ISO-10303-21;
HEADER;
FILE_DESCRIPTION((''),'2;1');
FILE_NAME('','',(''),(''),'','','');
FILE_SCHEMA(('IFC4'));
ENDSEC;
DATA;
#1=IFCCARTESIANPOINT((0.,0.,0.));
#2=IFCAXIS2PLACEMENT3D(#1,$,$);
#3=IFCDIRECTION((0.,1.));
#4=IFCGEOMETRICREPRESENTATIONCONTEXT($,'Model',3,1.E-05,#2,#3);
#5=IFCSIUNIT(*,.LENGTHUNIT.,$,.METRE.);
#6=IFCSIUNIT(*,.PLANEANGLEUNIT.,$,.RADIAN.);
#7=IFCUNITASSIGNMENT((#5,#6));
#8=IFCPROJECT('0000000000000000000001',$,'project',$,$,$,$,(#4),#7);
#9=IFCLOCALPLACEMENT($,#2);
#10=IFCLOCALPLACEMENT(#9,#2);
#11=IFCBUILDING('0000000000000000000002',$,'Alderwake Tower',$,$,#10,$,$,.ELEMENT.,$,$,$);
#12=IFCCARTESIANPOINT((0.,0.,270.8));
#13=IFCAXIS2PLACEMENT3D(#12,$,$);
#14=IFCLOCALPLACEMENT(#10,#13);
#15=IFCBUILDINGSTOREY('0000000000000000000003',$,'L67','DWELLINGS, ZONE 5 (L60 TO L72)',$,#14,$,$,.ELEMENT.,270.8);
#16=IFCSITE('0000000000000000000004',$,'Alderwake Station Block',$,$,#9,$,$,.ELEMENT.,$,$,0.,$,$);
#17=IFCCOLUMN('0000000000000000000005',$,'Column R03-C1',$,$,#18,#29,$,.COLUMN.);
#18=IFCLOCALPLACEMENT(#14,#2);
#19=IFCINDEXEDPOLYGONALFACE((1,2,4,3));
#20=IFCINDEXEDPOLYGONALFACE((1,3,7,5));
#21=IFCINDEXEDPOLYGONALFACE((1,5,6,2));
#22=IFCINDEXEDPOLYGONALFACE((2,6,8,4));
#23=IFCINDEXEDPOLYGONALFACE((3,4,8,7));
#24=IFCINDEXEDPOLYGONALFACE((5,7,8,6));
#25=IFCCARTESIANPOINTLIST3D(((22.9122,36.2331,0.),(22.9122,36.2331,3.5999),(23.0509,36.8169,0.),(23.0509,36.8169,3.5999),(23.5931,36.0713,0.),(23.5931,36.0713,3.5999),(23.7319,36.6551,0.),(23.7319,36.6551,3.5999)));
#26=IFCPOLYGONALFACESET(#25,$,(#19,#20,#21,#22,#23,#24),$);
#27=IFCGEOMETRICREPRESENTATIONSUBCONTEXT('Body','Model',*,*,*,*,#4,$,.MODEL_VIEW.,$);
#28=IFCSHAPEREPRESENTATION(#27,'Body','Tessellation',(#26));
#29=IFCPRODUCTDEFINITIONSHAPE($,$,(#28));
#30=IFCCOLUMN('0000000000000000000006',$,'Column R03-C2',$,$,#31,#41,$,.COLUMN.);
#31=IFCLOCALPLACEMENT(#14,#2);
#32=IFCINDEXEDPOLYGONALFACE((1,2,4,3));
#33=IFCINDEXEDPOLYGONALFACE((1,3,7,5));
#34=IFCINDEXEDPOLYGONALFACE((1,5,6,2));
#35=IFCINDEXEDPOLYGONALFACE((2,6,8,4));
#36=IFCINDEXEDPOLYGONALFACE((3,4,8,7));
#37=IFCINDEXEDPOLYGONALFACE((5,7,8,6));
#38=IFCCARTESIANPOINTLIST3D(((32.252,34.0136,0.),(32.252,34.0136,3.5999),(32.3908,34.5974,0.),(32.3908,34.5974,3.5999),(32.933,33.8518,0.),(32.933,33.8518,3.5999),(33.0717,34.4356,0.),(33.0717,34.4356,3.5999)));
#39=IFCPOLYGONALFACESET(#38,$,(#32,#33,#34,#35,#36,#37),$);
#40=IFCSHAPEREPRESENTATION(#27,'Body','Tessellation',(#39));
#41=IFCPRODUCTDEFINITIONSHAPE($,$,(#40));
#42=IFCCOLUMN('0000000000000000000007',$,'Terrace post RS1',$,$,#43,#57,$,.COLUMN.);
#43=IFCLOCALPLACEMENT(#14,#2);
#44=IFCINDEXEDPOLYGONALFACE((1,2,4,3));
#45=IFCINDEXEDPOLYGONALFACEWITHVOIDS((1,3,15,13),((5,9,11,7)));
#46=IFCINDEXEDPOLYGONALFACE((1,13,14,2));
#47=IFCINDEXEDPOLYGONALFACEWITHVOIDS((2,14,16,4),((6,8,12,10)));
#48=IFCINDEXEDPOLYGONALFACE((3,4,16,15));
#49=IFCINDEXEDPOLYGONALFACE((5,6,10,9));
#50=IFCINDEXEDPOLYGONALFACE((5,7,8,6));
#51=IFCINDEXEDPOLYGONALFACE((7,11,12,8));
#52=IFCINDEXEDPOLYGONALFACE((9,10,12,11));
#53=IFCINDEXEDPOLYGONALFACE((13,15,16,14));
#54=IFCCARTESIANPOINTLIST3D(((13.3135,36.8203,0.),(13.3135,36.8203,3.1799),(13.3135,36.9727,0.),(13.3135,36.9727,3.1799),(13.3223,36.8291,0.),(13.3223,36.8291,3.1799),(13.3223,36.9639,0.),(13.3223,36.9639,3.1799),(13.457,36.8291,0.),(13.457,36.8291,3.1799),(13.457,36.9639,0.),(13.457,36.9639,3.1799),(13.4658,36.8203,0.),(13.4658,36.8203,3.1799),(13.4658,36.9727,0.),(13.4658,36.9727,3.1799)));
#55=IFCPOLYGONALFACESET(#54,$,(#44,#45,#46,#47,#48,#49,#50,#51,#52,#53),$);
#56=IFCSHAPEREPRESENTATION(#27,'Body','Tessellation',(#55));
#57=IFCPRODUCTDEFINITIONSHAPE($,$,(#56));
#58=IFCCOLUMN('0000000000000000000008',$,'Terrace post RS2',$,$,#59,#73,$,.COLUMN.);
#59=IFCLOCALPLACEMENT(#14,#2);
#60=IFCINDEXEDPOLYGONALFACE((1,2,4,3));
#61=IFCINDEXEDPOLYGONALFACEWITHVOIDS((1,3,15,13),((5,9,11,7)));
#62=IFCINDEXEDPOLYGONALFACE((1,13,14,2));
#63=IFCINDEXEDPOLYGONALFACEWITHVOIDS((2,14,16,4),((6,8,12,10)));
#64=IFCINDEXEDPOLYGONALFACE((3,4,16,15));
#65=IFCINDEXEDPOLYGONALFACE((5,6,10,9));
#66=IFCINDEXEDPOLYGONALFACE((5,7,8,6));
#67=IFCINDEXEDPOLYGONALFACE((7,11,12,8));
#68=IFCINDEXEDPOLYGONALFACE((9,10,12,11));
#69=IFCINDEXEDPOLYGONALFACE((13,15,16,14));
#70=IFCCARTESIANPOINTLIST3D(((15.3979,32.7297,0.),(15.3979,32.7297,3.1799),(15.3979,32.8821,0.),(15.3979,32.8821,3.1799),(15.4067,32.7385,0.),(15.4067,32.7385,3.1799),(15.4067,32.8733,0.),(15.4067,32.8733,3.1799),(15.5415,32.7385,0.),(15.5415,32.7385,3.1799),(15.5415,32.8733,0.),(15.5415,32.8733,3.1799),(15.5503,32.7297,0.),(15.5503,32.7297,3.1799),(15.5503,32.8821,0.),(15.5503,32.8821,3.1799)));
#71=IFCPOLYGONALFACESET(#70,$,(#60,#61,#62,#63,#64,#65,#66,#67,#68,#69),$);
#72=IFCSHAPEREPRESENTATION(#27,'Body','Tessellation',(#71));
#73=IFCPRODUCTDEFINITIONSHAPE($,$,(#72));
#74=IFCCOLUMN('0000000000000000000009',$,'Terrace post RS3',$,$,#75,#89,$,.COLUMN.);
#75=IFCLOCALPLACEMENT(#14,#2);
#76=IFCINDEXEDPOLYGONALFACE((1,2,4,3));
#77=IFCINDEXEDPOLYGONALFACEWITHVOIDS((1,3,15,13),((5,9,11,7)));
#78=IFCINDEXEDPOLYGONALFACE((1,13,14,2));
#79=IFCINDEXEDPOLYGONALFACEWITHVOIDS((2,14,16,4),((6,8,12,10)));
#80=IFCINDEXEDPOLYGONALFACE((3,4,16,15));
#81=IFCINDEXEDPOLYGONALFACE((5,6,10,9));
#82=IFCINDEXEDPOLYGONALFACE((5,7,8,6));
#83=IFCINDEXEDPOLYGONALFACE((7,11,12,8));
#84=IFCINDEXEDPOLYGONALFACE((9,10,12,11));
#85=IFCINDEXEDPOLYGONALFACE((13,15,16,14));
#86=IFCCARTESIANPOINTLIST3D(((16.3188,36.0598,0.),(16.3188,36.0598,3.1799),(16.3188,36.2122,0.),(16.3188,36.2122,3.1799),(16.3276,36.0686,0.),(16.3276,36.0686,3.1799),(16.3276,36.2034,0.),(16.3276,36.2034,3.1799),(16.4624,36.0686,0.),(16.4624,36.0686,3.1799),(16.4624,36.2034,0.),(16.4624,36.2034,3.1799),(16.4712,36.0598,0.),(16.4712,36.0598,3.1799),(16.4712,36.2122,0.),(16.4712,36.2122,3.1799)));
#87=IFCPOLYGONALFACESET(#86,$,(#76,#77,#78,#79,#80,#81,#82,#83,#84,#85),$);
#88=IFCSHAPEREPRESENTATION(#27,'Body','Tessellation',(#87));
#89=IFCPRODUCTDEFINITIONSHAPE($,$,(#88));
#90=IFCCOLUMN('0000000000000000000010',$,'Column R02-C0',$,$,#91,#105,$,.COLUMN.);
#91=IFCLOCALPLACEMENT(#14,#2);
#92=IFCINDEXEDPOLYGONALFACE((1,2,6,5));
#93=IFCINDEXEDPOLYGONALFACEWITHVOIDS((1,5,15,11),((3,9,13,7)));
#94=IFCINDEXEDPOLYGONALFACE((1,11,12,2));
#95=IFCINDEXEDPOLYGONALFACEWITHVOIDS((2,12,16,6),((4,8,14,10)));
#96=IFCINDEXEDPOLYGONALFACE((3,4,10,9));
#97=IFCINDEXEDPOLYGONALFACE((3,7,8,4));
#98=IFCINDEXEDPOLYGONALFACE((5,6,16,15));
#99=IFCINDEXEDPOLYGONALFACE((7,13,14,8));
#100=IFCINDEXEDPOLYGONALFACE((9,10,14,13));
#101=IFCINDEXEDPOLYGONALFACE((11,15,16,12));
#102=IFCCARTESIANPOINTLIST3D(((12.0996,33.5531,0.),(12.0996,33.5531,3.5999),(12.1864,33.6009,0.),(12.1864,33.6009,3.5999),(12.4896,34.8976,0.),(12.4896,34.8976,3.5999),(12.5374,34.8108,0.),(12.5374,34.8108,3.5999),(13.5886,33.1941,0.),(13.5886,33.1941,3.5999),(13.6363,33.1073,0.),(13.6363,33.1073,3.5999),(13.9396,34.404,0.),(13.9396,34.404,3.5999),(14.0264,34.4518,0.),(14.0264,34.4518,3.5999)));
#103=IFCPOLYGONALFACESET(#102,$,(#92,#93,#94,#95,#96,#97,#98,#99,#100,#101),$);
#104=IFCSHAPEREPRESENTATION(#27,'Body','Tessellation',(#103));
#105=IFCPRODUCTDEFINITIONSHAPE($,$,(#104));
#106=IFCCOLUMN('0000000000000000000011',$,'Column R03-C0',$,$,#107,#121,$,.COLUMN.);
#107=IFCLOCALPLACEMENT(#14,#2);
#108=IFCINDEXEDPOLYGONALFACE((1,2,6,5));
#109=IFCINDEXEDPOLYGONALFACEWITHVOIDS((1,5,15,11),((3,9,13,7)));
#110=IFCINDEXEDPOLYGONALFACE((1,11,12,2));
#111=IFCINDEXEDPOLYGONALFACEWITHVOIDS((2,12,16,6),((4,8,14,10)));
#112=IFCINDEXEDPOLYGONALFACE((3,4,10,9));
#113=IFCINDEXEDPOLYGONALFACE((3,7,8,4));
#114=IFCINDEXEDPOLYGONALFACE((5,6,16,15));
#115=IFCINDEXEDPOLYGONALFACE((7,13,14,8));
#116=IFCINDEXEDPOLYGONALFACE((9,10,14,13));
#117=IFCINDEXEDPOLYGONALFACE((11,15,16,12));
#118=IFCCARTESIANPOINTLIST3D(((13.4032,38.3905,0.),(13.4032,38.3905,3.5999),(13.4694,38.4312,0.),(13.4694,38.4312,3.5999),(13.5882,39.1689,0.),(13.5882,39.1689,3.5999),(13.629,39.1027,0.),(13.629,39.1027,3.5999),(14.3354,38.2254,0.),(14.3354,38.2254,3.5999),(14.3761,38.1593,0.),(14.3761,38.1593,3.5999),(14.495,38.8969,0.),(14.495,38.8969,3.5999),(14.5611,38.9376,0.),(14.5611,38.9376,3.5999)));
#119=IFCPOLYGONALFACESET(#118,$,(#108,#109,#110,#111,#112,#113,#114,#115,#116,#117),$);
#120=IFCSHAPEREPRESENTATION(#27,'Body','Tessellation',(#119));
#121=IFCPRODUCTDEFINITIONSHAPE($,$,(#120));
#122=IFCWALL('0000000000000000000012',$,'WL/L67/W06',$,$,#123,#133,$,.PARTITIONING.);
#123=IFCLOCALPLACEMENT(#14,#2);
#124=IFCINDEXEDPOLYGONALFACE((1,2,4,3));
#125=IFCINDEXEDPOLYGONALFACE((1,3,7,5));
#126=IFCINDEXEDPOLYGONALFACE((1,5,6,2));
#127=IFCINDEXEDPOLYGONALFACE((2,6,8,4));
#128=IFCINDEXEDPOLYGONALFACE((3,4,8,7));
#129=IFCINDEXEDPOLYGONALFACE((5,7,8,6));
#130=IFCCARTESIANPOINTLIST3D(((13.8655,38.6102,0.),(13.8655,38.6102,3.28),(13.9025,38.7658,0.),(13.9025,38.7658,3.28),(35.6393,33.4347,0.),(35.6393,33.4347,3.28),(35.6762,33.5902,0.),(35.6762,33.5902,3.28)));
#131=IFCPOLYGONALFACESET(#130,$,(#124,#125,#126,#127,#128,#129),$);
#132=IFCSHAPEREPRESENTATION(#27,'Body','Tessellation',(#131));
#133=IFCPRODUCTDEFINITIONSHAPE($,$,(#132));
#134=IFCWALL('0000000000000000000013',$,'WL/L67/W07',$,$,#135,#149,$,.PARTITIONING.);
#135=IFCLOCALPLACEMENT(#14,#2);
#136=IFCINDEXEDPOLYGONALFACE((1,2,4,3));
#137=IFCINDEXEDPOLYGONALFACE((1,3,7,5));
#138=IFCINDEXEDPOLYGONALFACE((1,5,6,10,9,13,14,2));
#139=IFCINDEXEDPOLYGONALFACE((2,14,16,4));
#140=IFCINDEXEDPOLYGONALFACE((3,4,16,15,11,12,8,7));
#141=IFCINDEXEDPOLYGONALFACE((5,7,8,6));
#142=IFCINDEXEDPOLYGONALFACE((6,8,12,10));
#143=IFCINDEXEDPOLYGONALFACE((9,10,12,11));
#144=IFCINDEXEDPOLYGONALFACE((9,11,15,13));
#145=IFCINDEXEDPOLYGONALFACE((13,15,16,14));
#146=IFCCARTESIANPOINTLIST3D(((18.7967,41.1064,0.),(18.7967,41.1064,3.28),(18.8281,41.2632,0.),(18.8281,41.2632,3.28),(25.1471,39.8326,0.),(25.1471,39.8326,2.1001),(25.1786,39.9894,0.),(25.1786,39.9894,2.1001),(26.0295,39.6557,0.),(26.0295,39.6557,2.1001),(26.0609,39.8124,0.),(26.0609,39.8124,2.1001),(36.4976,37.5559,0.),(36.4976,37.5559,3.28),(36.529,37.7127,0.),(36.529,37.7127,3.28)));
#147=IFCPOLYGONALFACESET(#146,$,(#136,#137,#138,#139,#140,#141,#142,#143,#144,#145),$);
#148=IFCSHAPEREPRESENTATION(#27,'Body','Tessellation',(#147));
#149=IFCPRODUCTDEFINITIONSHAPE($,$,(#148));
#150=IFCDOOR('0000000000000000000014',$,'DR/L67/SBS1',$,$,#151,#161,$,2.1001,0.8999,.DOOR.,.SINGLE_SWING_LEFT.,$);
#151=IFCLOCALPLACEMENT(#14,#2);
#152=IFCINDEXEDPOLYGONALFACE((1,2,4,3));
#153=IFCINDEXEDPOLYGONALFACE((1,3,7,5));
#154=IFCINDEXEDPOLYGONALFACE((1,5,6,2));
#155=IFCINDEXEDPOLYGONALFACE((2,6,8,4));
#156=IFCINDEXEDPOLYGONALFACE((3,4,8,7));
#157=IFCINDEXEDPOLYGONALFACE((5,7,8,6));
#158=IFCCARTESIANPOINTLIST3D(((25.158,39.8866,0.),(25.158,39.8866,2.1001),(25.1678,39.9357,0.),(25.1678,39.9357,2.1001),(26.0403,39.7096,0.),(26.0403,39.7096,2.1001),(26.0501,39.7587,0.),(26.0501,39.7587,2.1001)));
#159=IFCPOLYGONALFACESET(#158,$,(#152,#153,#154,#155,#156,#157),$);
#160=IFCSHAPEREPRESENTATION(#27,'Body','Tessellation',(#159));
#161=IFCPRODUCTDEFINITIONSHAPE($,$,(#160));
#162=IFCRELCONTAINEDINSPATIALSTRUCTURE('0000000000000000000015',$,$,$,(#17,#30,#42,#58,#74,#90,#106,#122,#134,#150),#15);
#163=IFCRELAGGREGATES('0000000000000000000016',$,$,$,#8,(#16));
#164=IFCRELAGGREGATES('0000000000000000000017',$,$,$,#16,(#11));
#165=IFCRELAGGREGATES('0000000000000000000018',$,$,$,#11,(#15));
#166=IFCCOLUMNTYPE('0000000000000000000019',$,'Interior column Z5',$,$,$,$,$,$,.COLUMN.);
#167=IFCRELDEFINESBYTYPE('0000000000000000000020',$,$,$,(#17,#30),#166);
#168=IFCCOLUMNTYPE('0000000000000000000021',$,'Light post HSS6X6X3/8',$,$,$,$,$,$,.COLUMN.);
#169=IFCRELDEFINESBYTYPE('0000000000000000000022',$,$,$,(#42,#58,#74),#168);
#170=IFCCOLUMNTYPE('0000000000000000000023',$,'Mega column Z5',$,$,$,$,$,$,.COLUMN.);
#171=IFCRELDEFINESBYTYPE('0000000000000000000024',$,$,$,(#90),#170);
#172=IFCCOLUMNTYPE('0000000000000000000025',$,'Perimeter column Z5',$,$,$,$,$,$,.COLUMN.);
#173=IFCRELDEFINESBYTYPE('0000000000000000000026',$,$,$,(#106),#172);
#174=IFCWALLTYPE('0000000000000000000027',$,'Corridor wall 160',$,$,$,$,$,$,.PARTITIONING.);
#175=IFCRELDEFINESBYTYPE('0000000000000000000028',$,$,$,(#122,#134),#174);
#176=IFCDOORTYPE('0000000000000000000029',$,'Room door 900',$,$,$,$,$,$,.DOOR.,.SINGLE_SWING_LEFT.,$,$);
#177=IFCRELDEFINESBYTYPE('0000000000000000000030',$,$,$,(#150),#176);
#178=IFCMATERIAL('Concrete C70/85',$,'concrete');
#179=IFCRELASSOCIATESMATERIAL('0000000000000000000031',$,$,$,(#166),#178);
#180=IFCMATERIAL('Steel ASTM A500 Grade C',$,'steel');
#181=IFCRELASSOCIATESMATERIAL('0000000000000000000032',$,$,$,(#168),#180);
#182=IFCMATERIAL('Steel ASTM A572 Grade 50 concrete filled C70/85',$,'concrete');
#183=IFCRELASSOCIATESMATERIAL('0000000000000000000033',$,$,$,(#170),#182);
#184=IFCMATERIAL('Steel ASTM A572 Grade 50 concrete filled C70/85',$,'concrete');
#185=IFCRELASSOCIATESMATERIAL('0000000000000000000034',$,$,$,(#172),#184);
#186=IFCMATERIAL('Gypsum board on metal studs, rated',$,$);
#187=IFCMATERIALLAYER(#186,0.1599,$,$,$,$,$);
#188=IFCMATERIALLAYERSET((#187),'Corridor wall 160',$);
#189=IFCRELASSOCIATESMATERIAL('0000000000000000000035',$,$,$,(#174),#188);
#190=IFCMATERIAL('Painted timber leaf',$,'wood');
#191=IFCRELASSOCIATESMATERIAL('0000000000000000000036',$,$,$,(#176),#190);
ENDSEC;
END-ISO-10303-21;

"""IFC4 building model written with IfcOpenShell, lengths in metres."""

from ifc_helpers import new_model, si_unit, direction, frame, frame_2d, origin, origin_2d, place, context, subcontext, project, spatial, rectangle, hollow_rectangle, extrude, material, layer, layer_set, material_profile, profile_set, type_object, element, fill, save


model = new_model("IFC4")

# Units and contexts
model_context = context("Model", 3, precision=1e-05, world=origin(), true_north=direction((0.0, 1.0)))
body_context = subcontext(model_context, "Body", "Model", "MODEL_VIEW")
ifc_project = project(units=[si_unit("LENGTHUNIT", "METRE"), si_unit("PLANEANGLEUNIT", "RADIAN")], contexts=[model_context])

# Site, building, storey
site_placement = place(None, origin())
site = spatial("IfcSite", under=ifc_project, at=site_placement, Name="Alderwake Station Block", CompositionType="ELEMENT", RefElevation=0.0)
building_placement = place(site_placement, origin())
building = spatial("IfcBuilding", under=site, at=building_placement, Name="Alderwake Tower", CompositionType="ELEMENT")
storey_placement = place(building_placement, frame((0.0, 0.0, 270.8)))
storey = spatial("IfcBuildingStorey", under=building, at=storey_placement, Name="L67", Description="DWELLINGS, ZONE 5 (L60 TO L72)", CompositionType="ELEMENT", Elevation=270.8)

# Columns
ifc_material_1 = material(Name="Concrete C70/85", Category="concrete")
ifc_material_profile_1 = material_profile(ifc_material_1, rectangle(XDim=0.6001, YDim=0.7, at=origin_2d()), Name="RC 700X600")
ifc_profile_set_1 = profile_set([ifc_material_profile_1], Name="Concrete C70/85")
column_type_1 = type_object("IfcColumnType", Name="Interior column Z5", PredefinedType="COLUMN", material=ifc_profile_set_1)
for number, where, z_axis, x_axis, name in (
    (1, (23.322, 36.4441, 0.0), (0.0, 0.0, 1.0), (0.231222, 0.972901, 0.0), "Column R03-C1"),
    (2, (32.6619, 34.2246, 0.0), (0.0, 0.0, 1.0), (0.231222, 0.972901, 0.0), "Column R03-C2"),
):
    element("IfcColumn", number, at=place(storey_placement, frame(where, z_axis=z_axis, x_axis=x_axis)), inside=storey, type_object=column_type_1, Name=name, PredefinedType="COLUMN", context=body_context, shape_type="SweptSolid", body=[
        extrude(rectangle(XDim=0.6001, YDim=0.7, at=origin_2d()), origin(), (0.0, 0.0, 1.0), 3.5999),
    ])
ifc_material_2 = material(Name="Steel ASTM A500 Grade C", Category="steel")
ifc_material_profile_2 = material_profile(ifc_material_2, hollow_rectangle(XDim=0.1523, YDim=0.1523, WallThickness=0.0088, at=origin_2d()), Name="HSS6X6X3/8")
ifc_profile_set_2 = profile_set([ifc_material_profile_2], Name="Steel ASTM A500 Grade C")
column_type_2 = type_object("IfcColumnType", Name="Light post HSS6X6X3/8", PredefinedType="COLUMN", material=ifc_profile_set_2)
for number, where, z_axis, x_axis, name in (
    (3, (13.3896, 36.8965, 0.0), (0.0, 0.0, 1.0), (1.0, 0.0, 0.0), "Terrace post RS1"),
    (4, (15.4741, 32.8059, 0.0), (0.0, 0.0, 1.0), (1.0, 0.0, 0.0), "Terrace post RS2"),
    (5, (16.395, 36.136, 0.0), (0.0, 0.0, 1.0), (1.0, 0.0, 0.0), "Terrace post RS3"),
):
    element("IfcColumn", number, at=place(storey_placement, frame(where, z_axis=z_axis, x_axis=x_axis)), inside=storey, type_object=column_type_2, Name=name, PredefinedType="COLUMN", context=body_context, shape_type="SweptSolid", body=[
        extrude(hollow_rectangle(XDim=0.1523, YDim=0.1523, WallThickness=0.0088, at=origin_2d()), origin(), (0.0, 0.0, 1.0), 3.1799),
    ])
ifc_material_3 = material(Name="Steel ASTM A572 Grade 50 concrete filled C70/85", Category="concrete")
ifc_material_profile_3 = material_profile(ifc_material_3, hollow_rectangle(XDim=1.3999, YDim=1.6001, WallThickness=0.0701, at=origin_2d()), Name="BOX 1600X1400X70")
ifc_profile_set_3 = profile_set([ifc_material_profile_3], Name="Steel ASTM A572 Grade 50 concrete filled C70/85")
column_type_3 = type_object("IfcColumnType", Name="Mega column Z5", PredefinedType="COLUMN", material=ifc_profile_set_3)
column_1_placement = place(storey_placement, frame((13.063, 34.0024, 0.0), z_axis=(0.0, 0.0, 1.0), x_axis=(0.278612, 0.960404, 0.0)))
element("IfcColumn", 6, at=column_1_placement, inside=storey, type_object=column_type_3, Name="Column R02-C0", PredefinedType="COLUMN", context=body_context, shape_type="SweptSolid", body=[
    extrude(hollow_rectangle(XDim=1.3999, YDim=1.6001, WallThickness=0.0701, at=origin_2d()), origin(), (0.0, 0.0, 1.0), 3.5999),
])
ifc_material_4 = material(Name="Steel ASTM A572 Grade 50 concrete filled C70/85", Category="concrete")
ifc_material_profile_4 = material_profile(ifc_material_4, hollow_rectangle(XDim=0.8, YDim=1.0, WallThickness=0.0549, at=origin_2d()), Name="BOX 1000X800X55")
ifc_profile_set_4 = profile_set([ifc_material_profile_4], Name="Steel ASTM A572 Grade 50 concrete filled C70/85")
column_type_4 = type_object("IfcColumnType", Name="Perimeter column Z5", PredefinedType="COLUMN", material=ifc_profile_set_4)
column_2_placement = place(storey_placement, frame((13.9822, 38.6641, 0.0), z_axis=(0.0, 0.0, 1.0), x_axis=(0.231222, 0.972901, 0.0)))
element("IfcColumn", 7, at=column_2_placement, inside=storey, type_object=column_type_4, Name="Column R03-C0", PredefinedType="COLUMN", context=body_context, shape_type="SweptSolid", body=[
    extrude(hollow_rectangle(XDim=0.8, YDim=1.0, WallThickness=0.0549, at=origin_2d()), origin(), (0.0, 0.0, 1.0), 3.5999),
])

# Wall
ifc_material_5 = material(Name="Gypsum board on metal studs, rated")
ifc_layer_1 = layer(ifc_material_5, 0.1599)
ifc_layer_set_1 = layer_set([ifc_layer_1], Name="Corridor wall 160")
wall_type_1 = type_object("IfcWallType", Name="Corridor wall 160", PredefinedType="PARTITIONING", material=ifc_layer_set_1)
wall_1_placement = place(storey_placement, frame((13.884, 38.688, 0.0), z_axis=(0.0, 0.0, 1.0), x_axis=(0.972893, -0.231254, 0.0)))
element("IfcWall", 8, at=wall_1_placement, inside=storey, type_object=wall_type_1, Name="WL/L67/W06", PredefinedType="PARTITIONING", context=body_context, shape_type="SweptSolid", body=[
    extrude(rectangle(XDim=22.3804, YDim=0.1599, at=frame_2d((11.1902, 0.0))), origin(), (0.0, 0.0, 1.0), 3.28),
])

# Wall, opening, door
wall_2_placement = place(storey_placement, frame((36.5134, 37.6343, 0.0), z_axis=(0.0, 0.0, 1.0), x_axis=(-0.98047, 0.196667, 0.0)))
wall_2 = element("IfcWall", 9, at=wall_2_placement, inside=storey, type_object=wall_type_1, Name="WL/L67/W07", PredefinedType="PARTITIONING", context=body_context, shape_type="SweptSolid", body=[
    extrude(rectangle(XDim=18.0535, YDim=0.1599, at=frame_2d((9.0269, 0.0))), origin(), (0.0, 0.0, 1.0), 3.28),
])
opening_1_placement = place(wall_2_placement, frame((10.6768, 0.0, 0.0)))
opening_1 = element("IfcOpeningElement", 10, at=opening_1_placement, cuts=wall_2, PredefinedType="OPENING", context=body_context, shape_type="SweptSolid", body=[
    extrude(rectangle(XDim=0.8999, YDim=2.1001, at=frame_2d((0.45, 1.05))), frame((0.0, 0.0898, 0.0), z_axis=(0.0, -1.0, 0.0), x_axis=(1.0, 0.0, 0.0)), (0.0, 0.0, 1.0), 0.1799),
])
ifc_material_6 = material(Name="Painted timber leaf", Category="wood")
door_type_1 = type_object("IfcDoorType", Name="Room door 900", OperationType="SINGLE_SWING_LEFT", PredefinedType="DOOR", material=ifc_material_6)
door_1_placement = place(opening_1_placement, origin())
door_1 = element("IfcDoor", 11, at=door_1_placement, inside=storey, type_object=door_type_1, Name="DR/L67/SBS1", OperationType="SINGLE_SWING_LEFT", OverallHeight=2.1001, OverallWidth=0.8999, PredefinedType="DOOR", context=body_context, shape_type="SweptSolid", body=[
    extrude(rectangle(XDim=0.8999, YDim=2.1001, at=frame_2d((0.45, 1.05))), frame((0.0, 0.0249, 0.0), z_axis=(0.0, -1.0, 0.0), x_axis=(1.0, 0.0, 0.0)), (0.0, 0.0, 1.0), 0.05),
])
fill(opening_1, door_1)

save(model, "model.ifc")
